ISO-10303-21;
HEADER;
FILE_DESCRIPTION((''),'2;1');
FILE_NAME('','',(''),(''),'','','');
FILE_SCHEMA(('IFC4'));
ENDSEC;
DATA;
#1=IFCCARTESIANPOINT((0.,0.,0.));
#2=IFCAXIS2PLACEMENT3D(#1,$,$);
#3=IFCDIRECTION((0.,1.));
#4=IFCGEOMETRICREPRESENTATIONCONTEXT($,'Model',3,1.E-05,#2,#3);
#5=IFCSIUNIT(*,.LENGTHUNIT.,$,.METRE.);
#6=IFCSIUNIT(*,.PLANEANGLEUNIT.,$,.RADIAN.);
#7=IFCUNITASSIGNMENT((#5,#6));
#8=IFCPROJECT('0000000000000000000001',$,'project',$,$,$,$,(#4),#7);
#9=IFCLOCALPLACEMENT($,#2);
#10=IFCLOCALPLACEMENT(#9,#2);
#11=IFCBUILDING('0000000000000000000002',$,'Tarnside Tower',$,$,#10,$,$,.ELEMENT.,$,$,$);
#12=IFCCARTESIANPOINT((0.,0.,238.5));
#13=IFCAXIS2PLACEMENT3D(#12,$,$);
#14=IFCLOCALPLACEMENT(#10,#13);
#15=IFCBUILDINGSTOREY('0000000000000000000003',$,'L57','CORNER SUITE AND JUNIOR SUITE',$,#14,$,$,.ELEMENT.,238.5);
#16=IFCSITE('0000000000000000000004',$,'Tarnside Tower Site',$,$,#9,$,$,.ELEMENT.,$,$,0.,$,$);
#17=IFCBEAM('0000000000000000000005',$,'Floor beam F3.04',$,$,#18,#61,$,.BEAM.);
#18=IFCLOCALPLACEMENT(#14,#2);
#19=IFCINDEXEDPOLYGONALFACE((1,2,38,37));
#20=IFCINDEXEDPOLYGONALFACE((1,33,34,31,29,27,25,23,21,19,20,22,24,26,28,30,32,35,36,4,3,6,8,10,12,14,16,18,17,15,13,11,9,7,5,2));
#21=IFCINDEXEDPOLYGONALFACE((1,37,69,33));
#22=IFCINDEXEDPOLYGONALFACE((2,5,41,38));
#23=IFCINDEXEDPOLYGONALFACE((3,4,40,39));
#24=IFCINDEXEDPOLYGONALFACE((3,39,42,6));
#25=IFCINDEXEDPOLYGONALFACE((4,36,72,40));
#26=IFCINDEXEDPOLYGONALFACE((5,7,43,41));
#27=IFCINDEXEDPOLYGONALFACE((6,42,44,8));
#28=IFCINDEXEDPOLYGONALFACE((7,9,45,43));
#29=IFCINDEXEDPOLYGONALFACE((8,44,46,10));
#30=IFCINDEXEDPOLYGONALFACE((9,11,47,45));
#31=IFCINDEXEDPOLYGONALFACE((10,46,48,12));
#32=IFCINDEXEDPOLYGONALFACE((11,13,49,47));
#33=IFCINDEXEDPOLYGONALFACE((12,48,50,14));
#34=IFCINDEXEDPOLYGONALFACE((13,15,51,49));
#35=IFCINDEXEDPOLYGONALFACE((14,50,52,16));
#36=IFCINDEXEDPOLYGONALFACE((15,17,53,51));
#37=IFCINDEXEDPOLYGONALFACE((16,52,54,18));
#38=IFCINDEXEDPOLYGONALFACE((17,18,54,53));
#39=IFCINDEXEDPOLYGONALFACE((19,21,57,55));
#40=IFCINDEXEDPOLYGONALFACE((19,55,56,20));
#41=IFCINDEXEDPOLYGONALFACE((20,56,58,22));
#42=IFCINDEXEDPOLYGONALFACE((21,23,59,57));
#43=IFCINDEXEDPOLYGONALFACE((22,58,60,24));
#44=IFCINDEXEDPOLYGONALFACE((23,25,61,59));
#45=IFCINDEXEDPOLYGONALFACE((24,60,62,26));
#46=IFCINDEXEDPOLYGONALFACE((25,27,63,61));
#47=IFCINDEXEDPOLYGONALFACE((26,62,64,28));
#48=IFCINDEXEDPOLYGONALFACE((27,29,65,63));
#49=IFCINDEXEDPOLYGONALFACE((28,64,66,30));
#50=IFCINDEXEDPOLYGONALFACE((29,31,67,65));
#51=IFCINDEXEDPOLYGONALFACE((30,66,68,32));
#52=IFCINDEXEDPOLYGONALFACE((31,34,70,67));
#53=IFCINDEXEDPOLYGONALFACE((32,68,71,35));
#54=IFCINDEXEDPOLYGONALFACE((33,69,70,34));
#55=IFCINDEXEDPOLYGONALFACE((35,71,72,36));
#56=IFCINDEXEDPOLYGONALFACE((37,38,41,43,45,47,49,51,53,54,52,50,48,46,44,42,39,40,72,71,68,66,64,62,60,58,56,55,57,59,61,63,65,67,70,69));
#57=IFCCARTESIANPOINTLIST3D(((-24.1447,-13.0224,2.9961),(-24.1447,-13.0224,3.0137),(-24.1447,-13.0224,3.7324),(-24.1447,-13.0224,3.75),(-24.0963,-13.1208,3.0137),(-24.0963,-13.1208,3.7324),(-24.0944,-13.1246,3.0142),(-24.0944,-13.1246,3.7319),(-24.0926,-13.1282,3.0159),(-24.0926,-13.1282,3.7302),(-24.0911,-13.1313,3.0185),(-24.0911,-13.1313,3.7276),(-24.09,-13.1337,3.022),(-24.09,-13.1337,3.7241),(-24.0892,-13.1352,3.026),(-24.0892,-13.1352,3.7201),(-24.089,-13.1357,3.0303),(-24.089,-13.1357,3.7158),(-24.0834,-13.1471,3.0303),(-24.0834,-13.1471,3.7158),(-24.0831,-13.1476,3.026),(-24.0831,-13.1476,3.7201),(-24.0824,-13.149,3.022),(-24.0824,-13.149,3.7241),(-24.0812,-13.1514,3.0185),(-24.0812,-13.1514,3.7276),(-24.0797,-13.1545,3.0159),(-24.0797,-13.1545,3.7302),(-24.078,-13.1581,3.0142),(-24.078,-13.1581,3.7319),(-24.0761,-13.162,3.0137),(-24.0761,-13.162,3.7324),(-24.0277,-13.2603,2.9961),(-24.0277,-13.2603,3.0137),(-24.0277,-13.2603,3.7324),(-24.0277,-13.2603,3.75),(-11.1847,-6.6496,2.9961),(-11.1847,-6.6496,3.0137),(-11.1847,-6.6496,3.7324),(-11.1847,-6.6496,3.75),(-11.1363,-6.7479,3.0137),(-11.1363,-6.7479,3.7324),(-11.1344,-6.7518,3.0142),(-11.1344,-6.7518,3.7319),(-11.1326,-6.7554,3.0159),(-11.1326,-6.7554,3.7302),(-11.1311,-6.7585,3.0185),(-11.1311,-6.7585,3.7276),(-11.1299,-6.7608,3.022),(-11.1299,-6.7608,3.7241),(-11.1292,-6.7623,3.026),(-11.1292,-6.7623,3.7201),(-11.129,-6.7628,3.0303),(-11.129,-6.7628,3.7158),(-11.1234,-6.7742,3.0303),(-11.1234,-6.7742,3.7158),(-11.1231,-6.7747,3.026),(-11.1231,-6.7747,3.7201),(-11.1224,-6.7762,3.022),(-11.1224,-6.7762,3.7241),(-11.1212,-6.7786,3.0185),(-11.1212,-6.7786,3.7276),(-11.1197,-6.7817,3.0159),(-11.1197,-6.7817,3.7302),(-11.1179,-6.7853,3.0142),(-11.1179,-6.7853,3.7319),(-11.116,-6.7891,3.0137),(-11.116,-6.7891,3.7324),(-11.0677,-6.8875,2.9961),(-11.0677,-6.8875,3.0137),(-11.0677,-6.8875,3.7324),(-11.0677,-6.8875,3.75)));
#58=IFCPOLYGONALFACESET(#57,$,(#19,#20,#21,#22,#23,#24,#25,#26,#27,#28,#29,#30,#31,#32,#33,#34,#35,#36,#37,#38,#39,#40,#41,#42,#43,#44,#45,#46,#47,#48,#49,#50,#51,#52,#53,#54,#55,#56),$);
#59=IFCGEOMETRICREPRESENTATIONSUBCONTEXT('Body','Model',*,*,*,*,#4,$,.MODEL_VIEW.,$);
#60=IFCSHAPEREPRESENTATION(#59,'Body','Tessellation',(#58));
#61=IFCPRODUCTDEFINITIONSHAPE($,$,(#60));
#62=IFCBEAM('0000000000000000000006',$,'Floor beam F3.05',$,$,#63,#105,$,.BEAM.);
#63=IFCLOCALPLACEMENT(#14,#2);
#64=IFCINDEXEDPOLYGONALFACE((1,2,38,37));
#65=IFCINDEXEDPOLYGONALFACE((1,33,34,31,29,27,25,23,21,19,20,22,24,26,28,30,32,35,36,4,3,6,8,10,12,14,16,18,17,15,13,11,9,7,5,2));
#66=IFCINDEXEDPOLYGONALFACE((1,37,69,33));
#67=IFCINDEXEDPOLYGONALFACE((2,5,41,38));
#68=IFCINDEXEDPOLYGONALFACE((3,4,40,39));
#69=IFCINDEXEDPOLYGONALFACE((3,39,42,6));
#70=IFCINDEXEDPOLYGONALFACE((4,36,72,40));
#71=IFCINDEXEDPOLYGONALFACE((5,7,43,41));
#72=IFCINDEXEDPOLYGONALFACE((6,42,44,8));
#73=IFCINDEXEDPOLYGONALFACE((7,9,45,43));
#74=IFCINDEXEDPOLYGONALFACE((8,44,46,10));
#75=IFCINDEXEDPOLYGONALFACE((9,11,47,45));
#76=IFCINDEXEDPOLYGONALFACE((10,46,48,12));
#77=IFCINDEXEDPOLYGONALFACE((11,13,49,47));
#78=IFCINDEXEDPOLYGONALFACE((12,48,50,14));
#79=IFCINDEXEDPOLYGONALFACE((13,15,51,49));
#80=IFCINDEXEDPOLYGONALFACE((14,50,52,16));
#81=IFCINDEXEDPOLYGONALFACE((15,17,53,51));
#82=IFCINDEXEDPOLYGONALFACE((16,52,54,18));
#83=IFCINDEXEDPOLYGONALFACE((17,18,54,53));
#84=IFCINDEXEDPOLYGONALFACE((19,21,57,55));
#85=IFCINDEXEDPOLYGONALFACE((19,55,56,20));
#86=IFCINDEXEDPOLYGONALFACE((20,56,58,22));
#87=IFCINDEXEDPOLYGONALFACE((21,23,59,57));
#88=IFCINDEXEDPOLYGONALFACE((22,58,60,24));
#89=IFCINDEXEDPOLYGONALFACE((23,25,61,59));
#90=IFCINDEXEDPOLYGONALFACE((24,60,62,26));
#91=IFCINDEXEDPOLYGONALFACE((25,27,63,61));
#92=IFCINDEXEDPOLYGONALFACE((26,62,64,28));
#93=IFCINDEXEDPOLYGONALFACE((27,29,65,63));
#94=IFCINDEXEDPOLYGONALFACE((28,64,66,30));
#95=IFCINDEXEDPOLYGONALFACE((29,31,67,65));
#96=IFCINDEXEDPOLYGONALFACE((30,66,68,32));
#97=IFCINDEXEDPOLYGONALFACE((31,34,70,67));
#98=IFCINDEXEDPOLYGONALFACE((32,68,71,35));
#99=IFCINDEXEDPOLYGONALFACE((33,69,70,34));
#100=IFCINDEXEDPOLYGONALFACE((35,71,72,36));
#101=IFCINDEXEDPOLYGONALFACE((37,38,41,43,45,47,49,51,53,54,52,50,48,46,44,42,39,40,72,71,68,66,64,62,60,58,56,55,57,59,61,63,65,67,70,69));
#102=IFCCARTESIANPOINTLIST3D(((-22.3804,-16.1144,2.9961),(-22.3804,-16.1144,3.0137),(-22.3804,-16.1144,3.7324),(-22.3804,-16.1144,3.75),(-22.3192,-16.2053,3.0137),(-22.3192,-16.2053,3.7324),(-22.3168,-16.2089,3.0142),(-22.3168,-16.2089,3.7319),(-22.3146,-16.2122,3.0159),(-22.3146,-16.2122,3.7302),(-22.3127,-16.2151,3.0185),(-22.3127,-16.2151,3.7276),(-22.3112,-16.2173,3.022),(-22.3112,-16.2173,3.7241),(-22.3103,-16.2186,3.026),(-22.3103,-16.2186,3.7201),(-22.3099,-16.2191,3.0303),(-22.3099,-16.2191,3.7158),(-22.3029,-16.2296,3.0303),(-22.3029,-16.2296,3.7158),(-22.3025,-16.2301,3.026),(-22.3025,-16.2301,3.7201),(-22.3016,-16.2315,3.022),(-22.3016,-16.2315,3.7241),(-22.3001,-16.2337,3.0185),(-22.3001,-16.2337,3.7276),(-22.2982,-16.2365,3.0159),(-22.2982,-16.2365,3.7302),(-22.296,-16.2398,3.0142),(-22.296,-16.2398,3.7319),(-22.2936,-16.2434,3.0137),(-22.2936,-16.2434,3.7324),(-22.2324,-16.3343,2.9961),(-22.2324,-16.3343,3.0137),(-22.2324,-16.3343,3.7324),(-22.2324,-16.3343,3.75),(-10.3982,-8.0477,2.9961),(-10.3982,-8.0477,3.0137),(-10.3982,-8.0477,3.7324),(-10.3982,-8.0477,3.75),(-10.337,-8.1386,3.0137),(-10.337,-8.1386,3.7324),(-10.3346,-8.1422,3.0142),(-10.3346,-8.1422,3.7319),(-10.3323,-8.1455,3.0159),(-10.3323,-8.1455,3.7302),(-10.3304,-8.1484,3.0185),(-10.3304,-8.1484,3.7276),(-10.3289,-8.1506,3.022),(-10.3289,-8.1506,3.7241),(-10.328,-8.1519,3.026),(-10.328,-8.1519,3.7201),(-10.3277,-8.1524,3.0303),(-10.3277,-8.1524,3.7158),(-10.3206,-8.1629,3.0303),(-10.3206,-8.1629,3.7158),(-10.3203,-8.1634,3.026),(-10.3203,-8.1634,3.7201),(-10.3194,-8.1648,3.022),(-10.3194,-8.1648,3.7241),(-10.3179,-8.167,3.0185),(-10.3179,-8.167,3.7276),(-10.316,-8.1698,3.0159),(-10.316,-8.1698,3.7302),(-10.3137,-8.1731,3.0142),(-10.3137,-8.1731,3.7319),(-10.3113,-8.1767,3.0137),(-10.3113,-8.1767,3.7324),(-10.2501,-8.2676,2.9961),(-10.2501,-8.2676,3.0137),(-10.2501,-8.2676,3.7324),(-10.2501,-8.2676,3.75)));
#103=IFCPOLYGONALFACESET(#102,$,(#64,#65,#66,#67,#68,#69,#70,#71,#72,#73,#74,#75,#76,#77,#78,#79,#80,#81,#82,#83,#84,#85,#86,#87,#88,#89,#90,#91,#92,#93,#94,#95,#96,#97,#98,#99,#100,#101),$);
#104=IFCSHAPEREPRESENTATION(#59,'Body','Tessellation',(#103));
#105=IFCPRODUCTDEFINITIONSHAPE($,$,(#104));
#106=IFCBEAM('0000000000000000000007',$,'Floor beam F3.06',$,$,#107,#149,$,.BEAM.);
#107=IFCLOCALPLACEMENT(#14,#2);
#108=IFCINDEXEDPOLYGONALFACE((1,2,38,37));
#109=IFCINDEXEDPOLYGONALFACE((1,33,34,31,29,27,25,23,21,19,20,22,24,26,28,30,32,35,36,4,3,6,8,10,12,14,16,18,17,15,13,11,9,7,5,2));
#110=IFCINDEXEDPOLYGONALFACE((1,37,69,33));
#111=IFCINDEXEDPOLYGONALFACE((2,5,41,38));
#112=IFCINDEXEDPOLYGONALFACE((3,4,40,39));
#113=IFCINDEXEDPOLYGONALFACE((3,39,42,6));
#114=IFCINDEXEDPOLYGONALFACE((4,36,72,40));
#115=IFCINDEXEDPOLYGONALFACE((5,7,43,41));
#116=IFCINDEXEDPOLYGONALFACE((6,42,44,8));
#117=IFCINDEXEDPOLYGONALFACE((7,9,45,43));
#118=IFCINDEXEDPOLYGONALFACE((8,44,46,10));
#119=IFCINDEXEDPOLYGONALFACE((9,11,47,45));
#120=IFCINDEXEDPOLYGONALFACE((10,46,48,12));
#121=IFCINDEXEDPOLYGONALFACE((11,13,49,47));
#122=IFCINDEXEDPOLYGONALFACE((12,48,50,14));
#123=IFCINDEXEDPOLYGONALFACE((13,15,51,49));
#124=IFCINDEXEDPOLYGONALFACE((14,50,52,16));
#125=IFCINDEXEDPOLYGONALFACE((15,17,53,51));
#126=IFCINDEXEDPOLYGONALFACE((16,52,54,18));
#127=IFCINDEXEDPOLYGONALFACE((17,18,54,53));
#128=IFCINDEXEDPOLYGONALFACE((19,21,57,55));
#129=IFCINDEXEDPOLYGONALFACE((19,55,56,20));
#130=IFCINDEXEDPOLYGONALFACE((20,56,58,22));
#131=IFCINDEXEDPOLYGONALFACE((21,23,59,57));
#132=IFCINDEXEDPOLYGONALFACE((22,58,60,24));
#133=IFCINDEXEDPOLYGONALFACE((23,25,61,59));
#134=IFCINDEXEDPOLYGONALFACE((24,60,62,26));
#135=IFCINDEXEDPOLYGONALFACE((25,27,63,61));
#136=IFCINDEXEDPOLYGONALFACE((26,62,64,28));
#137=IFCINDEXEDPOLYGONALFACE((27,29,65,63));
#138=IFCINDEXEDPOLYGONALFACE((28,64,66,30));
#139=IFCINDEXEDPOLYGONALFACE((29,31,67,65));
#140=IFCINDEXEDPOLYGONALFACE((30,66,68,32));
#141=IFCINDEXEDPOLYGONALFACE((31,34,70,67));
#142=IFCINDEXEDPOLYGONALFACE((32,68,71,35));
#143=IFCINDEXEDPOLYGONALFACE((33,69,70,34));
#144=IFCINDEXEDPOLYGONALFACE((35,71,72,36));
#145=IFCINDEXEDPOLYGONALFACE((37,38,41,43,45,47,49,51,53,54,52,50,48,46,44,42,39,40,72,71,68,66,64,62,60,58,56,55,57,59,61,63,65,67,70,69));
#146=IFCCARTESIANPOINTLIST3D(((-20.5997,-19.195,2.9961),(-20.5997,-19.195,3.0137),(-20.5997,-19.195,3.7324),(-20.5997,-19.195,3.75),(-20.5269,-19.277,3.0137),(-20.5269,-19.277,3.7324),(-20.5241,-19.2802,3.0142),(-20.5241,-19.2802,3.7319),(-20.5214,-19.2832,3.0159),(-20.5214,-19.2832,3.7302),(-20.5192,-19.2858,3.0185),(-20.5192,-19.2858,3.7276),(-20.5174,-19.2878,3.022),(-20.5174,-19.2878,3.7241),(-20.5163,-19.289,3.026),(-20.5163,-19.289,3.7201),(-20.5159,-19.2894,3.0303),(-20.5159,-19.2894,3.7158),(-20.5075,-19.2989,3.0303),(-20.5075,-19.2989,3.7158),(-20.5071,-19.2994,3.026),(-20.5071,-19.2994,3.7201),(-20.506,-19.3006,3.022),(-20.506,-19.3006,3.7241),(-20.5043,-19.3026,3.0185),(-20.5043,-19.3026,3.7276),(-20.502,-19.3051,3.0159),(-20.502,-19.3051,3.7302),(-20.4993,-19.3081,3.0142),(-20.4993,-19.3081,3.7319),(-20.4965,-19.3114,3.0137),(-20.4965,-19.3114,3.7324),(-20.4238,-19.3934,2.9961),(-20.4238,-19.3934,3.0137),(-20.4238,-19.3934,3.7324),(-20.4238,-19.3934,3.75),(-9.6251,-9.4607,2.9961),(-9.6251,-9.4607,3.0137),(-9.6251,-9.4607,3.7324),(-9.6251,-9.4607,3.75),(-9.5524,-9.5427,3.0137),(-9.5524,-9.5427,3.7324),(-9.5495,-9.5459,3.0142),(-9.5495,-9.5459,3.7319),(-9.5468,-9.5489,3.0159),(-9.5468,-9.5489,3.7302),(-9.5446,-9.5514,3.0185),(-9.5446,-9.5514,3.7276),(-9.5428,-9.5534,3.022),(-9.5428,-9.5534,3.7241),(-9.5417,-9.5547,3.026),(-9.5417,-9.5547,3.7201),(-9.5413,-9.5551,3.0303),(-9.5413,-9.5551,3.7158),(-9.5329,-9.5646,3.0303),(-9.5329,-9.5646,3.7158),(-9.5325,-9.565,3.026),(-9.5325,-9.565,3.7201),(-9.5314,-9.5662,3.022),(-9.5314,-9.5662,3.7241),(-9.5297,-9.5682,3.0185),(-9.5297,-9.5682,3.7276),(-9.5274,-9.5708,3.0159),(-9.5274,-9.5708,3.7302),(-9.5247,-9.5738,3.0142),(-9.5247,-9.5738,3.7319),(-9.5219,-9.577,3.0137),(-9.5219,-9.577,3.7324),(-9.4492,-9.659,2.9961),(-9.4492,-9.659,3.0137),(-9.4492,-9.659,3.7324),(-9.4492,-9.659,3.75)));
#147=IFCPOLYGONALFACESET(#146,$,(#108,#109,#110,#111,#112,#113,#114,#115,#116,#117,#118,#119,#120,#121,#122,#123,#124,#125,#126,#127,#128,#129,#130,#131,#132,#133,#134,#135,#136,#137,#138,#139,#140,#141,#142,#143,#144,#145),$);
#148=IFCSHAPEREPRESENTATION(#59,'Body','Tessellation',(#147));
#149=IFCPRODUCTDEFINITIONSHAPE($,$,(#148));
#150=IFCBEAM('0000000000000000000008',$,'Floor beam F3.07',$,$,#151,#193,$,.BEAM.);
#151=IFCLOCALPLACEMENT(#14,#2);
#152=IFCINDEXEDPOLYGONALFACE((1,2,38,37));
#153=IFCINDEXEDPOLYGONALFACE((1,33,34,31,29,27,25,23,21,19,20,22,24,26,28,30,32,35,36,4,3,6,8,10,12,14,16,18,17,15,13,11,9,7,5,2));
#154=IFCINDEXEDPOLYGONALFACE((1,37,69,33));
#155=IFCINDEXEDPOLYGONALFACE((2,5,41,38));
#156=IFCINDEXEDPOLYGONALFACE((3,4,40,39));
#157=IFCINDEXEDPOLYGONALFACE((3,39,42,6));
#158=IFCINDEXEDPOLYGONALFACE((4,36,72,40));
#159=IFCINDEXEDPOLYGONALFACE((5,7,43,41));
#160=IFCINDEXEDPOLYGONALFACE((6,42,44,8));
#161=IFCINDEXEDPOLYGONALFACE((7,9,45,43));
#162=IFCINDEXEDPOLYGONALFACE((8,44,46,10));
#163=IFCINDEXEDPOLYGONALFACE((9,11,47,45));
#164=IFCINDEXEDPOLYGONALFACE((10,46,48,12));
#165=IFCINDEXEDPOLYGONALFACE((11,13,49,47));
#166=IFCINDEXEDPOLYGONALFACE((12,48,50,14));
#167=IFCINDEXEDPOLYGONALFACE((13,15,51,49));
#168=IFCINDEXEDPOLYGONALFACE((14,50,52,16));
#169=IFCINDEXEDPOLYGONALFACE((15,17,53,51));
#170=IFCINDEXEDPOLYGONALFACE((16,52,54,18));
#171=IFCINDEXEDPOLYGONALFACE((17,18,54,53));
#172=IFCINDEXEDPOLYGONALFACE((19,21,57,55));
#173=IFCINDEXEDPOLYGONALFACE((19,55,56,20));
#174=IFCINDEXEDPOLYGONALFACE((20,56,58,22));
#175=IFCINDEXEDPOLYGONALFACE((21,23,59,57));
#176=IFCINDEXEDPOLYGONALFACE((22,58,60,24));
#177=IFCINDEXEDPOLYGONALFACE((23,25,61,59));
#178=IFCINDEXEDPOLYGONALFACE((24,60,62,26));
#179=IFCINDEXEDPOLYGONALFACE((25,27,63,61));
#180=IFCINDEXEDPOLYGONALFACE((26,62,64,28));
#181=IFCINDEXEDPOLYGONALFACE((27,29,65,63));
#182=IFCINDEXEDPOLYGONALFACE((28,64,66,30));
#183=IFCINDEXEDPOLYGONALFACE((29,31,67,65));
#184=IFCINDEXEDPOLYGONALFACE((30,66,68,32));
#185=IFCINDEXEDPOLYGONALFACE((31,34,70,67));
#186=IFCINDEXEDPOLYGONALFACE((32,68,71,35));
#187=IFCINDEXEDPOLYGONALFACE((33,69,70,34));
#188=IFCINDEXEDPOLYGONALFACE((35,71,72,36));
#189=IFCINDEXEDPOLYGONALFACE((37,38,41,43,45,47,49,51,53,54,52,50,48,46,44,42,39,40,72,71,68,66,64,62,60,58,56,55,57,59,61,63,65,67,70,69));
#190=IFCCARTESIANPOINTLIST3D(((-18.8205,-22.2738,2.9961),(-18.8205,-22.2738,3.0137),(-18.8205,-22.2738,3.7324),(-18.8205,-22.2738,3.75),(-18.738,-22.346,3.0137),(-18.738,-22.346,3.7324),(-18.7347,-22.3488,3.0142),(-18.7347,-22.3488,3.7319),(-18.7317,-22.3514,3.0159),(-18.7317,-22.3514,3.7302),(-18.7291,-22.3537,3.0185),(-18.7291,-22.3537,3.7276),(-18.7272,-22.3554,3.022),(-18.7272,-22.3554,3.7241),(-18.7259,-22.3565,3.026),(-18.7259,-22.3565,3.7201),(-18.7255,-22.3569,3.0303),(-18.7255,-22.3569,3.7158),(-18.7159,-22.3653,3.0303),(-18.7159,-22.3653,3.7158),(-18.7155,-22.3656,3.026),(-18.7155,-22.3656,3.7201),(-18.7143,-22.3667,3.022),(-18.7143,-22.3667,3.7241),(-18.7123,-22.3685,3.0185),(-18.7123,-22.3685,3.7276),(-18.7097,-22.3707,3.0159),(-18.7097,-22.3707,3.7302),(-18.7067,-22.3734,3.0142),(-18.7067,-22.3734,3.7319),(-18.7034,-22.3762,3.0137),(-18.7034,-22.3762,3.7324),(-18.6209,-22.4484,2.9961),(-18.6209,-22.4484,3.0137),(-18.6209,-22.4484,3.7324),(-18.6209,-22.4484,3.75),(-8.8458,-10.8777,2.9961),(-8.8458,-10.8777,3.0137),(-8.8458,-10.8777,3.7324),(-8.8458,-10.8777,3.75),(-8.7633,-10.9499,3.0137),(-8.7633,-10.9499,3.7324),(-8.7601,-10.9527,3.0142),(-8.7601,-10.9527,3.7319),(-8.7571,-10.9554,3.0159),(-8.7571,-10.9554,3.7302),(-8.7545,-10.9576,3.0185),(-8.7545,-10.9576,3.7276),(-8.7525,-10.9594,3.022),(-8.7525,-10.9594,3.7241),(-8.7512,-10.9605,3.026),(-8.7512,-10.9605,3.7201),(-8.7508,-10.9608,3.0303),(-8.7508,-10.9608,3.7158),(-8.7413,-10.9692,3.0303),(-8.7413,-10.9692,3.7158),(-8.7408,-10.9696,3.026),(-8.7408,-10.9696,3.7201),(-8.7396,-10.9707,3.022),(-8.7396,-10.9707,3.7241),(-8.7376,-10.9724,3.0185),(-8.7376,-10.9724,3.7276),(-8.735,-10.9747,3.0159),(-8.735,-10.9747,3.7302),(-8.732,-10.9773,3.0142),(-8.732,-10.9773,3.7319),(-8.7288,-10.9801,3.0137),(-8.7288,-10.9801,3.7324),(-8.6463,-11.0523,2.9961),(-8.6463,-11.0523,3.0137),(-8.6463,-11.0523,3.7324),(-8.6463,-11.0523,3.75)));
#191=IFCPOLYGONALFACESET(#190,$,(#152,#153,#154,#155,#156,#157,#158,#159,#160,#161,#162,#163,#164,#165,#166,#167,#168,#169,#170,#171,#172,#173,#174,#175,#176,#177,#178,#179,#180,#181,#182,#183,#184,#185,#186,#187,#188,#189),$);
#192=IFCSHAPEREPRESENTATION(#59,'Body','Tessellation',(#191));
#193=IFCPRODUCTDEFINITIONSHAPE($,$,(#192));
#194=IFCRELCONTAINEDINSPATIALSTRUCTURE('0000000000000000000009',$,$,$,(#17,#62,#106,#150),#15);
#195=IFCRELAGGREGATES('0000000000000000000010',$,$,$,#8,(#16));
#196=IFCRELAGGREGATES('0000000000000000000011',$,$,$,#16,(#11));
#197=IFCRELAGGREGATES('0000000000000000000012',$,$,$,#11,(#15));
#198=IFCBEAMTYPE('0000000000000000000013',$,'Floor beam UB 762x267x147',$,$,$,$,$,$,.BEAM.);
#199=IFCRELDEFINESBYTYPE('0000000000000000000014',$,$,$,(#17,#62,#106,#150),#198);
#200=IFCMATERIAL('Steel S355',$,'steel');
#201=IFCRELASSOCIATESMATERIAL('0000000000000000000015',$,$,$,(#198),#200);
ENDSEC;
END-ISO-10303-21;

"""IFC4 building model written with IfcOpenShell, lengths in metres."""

from ifc_helpers import new_model, si_unit, direction, frame, origin, origin_2d, place, context, subcontext, project, spatial, i_section, extrude, material, material_profile, profile_set, type_object, element, save


model = new_model("IFC4")

# Units and contexts
model_context = context("Model", 3, precision=1e-05, world=origin(), true_north=direction((0.0, 1.0)))
body_context = subcontext(model_context, "Body", "Model", "MODEL_VIEW")
ifc_project = project(units=[si_unit("LENGTHUNIT", "METRE"), si_unit("PLANEANGLEUNIT", "RADIAN")], contexts=[model_context])

# Site, building, storey
site_placement = place(None, origin())
site = spatial("IfcSite", under=ifc_project, at=site_placement, Name="Tarnside Tower Site", CompositionType="ELEMENT", RefElevation=0.0)
building_placement = place(site_placement, origin())
building = spatial("IfcBuilding", under=site, at=building_placement, Name="Tarnside Tower", CompositionType="ELEMENT")
storey_placement = place(building_placement, frame((0.0, 0.0, 238.5)))
storey = spatial("IfcBuildingStorey", under=building, at=storey_placement, Name="L57", Description="CORNER SUITE AND JUNIOR SUITE", CompositionType="ELEMENT", Elevation=238.5)

# Beams
ifc_material_1 = material(Name="Steel S355", Category="steel")
ifc_material_profile_1 = material_profile(ifc_material_1, i_section(OverallWidth=0.2651, OverallDepth=0.7539, WebThickness=0.0127, FlangeThickness=0.0176, FilletRadius=0.0166, at=origin_2d()), Name="UB 762x267x147")
ifc_profile_set_1 = profile_set([ifc_material_profile_1], Name="Steel S355")
beam_type_1 = type_object("IfcBeamType", Name="Floor beam UB 762x267x147", PredefinedType="BEAM", material=ifc_profile_set_1)
beam_1_placement = place(storey_placement, frame((-24.0862, -13.1414, 3.373), z_axis=(0.897376, 0.441267, 0.0), x_axis=(-0.441267, 0.897376, 0.0)))
element("IfcBeam", 1, at=beam_1_placement, inside=storey, type_object=beam_type_1, Name="Floor beam F3.04", PredefinedType="BEAM", context=body_context, shape_type="SweptSolid", body=[
    extrude(i_section(OverallWidth=0.2651, OverallDepth=0.7539, WebThickness=0.0127, FlangeThickness=0.0176, FilletRadius=0.0166, at=origin_2d()), origin(), (0.0, 0.0, 1.0), 14.4421),
])
beam_2_placement = place(storey_placement, frame((-22.3064, -16.2244, 3.373), z_axis=(0.829532, 0.558458, 0.0), x_axis=(-0.558458, 0.829532, 0.0)))
element("IfcBeam", 2, at=beam_2_placement, inside=storey, type_object=beam_type_1, Name="Floor beam F3.05", PredefinedType="BEAM", context=body_context, shape_type="SweptSolid", body=[
    extrude(i_section(OverallWidth=0.2651, OverallDepth=0.7539, WebThickness=0.0127, FlangeThickness=0.0176, FilletRadius=0.0166, at=origin_2d()), origin(), (0.0, 0.0, 1.0), 14.4446),
])
beam_3_placement = place(storey_placement, frame((-20.5117, -19.2942, 3.373), z_axis=(0.748114, 0.66357, 0.0), x_axis=(-0.66357, 0.748114, 0.0)))
element("IfcBeam", 3, at=beam_3_placement, inside=storey, type_object=beam_type_1, Name="Floor beam F3.06", PredefinedType="BEAM", context=body_context, shape_type="SweptSolid", body=[
    extrude(i_section(OverallWidth=0.2651, OverallDepth=0.7539, WebThickness=0.0127, FlangeThickness=0.0176, FilletRadius=0.0166, at=origin_2d()), origin(), (0.0, 0.0, 1.0), 14.6697),
])
beam_4_placement = place(storey_placement, frame((-18.7207, -22.3611, 3.373), z_axis=(0.658621, 0.752475, 0.0), x_axis=(-0.752475, 0.658621, 0.0)))
element("IfcBeam", 4, at=beam_4_placement, inside=storey, type_object=beam_type_1, Name="Floor beam F3.07", PredefinedType="BEAM", context=body_context, shape_type="SweptSolid", body=[
    extrude(i_section(OverallWidth=0.2651, OverallDepth=0.7539, WebThickness=0.0127, FlangeThickness=0.0176, FilletRadius=0.0166, at=origin_2d()), origin(), (0.0, 0.0, 1.0), 15.1448),
])

save(model, "model.ifc")
